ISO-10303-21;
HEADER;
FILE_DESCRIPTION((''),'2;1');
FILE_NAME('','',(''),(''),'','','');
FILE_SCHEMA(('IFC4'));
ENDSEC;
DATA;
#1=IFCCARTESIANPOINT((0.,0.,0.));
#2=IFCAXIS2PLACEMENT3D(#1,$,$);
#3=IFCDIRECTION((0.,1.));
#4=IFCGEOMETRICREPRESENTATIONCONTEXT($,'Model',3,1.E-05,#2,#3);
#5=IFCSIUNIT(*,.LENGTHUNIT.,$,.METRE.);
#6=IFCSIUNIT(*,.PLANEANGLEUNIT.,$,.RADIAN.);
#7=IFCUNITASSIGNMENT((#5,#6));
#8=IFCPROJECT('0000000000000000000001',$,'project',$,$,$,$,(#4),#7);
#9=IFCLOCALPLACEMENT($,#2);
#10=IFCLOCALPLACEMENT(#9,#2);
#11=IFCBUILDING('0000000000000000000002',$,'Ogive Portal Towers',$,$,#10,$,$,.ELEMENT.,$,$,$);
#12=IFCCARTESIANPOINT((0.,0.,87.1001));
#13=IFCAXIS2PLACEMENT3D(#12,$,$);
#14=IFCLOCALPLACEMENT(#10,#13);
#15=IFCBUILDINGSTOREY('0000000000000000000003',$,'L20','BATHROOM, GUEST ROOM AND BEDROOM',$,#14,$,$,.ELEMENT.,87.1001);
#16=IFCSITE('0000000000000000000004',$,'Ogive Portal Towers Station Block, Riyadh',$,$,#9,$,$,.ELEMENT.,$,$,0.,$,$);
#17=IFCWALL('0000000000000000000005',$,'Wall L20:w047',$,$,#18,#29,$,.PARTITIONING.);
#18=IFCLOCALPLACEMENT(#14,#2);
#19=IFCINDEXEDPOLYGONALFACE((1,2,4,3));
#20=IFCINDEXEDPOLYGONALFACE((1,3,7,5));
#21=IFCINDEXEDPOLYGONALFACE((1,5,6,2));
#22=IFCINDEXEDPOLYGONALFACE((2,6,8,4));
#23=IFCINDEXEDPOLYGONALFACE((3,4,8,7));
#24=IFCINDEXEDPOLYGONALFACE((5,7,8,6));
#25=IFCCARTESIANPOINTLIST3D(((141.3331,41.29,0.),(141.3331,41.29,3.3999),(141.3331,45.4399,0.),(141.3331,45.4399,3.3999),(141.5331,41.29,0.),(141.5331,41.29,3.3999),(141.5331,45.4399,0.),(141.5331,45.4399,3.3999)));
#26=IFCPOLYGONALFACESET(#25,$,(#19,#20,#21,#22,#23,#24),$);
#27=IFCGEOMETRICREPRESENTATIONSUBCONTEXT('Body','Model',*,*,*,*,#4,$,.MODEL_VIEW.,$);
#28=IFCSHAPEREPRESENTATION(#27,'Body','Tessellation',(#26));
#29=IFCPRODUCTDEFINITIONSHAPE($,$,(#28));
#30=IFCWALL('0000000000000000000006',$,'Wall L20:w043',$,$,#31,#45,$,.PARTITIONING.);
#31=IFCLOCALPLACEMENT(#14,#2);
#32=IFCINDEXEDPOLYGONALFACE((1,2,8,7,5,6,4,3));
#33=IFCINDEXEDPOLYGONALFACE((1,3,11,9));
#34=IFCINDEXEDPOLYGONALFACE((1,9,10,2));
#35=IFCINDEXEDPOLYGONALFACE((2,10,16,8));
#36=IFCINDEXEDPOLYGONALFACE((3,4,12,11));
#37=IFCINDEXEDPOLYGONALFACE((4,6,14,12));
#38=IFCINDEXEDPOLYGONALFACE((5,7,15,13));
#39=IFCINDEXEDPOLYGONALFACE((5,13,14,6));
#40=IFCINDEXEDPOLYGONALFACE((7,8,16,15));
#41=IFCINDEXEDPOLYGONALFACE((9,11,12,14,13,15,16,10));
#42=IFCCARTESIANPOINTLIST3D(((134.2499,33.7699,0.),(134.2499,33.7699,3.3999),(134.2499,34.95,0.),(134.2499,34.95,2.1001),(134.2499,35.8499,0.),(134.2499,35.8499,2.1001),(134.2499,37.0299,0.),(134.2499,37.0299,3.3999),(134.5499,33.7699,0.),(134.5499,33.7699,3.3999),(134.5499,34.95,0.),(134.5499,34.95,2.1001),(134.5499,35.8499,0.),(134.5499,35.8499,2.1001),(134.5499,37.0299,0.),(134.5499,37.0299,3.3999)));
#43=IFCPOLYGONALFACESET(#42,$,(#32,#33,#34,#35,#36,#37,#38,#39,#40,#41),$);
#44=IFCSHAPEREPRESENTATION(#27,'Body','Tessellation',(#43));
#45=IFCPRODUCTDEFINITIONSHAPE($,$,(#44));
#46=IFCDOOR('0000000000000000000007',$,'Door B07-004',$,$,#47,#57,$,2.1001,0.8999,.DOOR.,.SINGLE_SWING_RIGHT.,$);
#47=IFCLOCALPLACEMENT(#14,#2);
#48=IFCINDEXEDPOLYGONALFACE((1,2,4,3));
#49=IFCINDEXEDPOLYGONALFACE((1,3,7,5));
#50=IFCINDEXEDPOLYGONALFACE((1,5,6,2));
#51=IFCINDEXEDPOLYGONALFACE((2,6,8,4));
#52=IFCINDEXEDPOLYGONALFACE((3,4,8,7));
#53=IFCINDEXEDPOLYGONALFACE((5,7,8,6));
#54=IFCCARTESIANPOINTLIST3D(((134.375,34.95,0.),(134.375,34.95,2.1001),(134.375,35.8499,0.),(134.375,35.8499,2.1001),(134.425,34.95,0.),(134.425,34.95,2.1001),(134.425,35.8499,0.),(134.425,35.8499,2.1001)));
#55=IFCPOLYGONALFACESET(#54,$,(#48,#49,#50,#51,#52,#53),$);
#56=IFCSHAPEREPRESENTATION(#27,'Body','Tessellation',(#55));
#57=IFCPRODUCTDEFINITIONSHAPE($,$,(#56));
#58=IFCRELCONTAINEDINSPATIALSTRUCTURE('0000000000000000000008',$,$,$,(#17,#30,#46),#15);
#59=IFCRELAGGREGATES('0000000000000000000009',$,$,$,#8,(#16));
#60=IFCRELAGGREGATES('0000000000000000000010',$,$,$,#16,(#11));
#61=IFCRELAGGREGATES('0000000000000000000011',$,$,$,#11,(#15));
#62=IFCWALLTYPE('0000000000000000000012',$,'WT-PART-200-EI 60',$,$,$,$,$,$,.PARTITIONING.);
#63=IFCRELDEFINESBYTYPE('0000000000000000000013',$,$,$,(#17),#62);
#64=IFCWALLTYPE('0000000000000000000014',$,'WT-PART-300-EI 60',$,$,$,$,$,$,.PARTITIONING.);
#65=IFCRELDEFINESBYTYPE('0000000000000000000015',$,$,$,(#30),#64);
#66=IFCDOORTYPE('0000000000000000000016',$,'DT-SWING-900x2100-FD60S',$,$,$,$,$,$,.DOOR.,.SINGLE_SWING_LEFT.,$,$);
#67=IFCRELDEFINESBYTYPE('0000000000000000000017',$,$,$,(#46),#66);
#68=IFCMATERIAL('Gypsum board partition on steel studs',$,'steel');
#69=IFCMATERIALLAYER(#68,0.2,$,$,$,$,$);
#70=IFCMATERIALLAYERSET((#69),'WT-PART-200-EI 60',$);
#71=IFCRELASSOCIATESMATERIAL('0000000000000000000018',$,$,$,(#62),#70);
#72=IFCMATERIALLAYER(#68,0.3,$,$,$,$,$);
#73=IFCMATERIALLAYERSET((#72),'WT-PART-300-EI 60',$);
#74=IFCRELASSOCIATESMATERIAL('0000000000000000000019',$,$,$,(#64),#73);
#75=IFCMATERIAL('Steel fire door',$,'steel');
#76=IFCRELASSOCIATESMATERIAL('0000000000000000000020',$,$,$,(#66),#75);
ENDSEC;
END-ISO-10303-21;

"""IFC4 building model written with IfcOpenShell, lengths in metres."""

from ifc_helpers import new_model, si_unit, direction, frame, frame_2d, origin, place, context, subcontext, project, spatial, rectangle, extrude, material, layer, layer_set, type_object, element, fill, save


model = new_model("IFC4")

# Units and contexts
model_context = context("Model", 3, precision=1e-05, world=origin(), true_north=direction((0.0, 1.0)))
body_context = subcontext(model_context, "Body", "Model", "MODEL_VIEW")
ifc_project = project(units=[si_unit("LENGTHUNIT", "METRE"), si_unit("PLANEANGLEUNIT", "RADIAN")], contexts=[model_context])

# Site, building, storey
site_placement = place(None, origin())
site = spatial("IfcSite", under=ifc_project, at=site_placement, Name="Ogive Portal Towers Station Block, Riyadh", CompositionType="ELEMENT", RefElevation=0.0)
building_placement = place(site_placement, origin())
building = spatial("IfcBuilding", under=site, at=building_placement, Name="Ogive Portal Towers", CompositionType="ELEMENT")
storey_placement = place(building_placement, frame((0.0, 0.0, 87.1001)))
storey = spatial("IfcBuildingStorey", under=building, at=storey_placement, Name="L20", Description="BATHROOM, GUEST ROOM AND BEDROOM", CompositionType="ELEMENT", Elevation=87.1001)

# Wall
ifc_material_1 = material(Name="Gypsum board partition on steel studs", Category="steel")
ifc_layer_1 = layer(ifc_material_1, 0.2)
ifc_layer_set_1 = layer_set([ifc_layer_1], Name="WT-PART-200-EI 60")
wall_type_1 = type_object("IfcWallType", Name="WT-PART-200-EI 60", PredefinedType="PARTITIONING", material=ifc_layer_set_1)
for number, where, z_axis, x_axis, name in (
    (1, (141.4331, 41.29, 0.0), (0.0, 0.0, 1.0), (0.0, 1.0, 0.0), "Wall L20:w047"),
):
    element("IfcWall", number, at=place(storey_placement, frame(where, z_axis=z_axis, x_axis=x_axis)), inside=storey, type_object=wall_type_1, Name=name, PredefinedType="PARTITIONING", context=body_context, shape_type="SweptSolid", body=[
        extrude(rectangle(XDim=4.1499, YDim=0.2, at=frame_2d((2.075, 0.0))), origin(), (0.0, 0.0, 1.0), 3.3999),
    ])

# Wall, opening, door
ifc_layer_2 = layer(ifc_material_1, 0.3)
ifc_layer_set_2 = layer_set([ifc_layer_2], Name="WT-PART-300-EI 60")
wall_type_2 = type_object("IfcWallType", Name="WT-PART-300-EI 60", PredefinedType="PARTITIONING", material=ifc_layer_set_2)
wall_1_placement = place(storey_placement, frame((134.3999, 33.77, 0.0), z_axis=(0.0, 0.0, 1.0), x_axis=(0.0, 1.0, 0.0)))
wall_1 = element("IfcWall", 2, at=wall_1_placement, inside=storey, type_object=wall_type_2, Name="Wall L20:w043", PredefinedType="PARTITIONING", context=body_context, shape_type="SweptSolid", body=[
    extrude(rectangle(XDim=3.26, YDim=0.3, at=frame_2d((1.6299, 0.0))), origin(), (0.0, 0.0, 1.0), 3.3999),
])
opening_placement = place(wall_1_placement, frame((1.1799, 0.0, 0.0)))
opening = element("IfcOpeningElement", 3, at=opening_placement, cuts=wall_1, PredefinedType="OPENING", context=body_context, shape_type="SweptSolid", body=[
    extrude(rectangle(XDim=0.8999, YDim=2.1001, at=frame_2d((0.45, 1.05))), frame((0.0, 0.1602, 0.0), z_axis=(0.0, -1.0, 0.0), x_axis=(1.0, 0.0, 0.0)), (0.0, 0.0, 1.0), 0.3201),
])
ifc_material_2 = material(Name="Steel fire door", Category="steel")
door_type = type_object("IfcDoorType", Name="DT-SWING-900x2100-FD60S", OperationType="SINGLE_SWING_LEFT", PredefinedType="DOOR", material=ifc_material_2)
door_placement = place(opening_placement, origin())
door = element("IfcDoor", 4, at=door_placement, inside=storey, type_object=door_type, Name="Door B07-004", OperationType="SINGLE_SWING_RIGHT", OverallHeight=2.1001, OverallWidth=0.8999, PredefinedType="DOOR", context=body_context, shape_type="SweptSolid", body=[
    extrude(rectangle(XDim=0.8999, YDim=2.1001, at=frame_2d((0.45, 1.05))), frame((0.0, 0.0249, 0.0), z_axis=(0.0, -1.0, 0.0), x_axis=(1.0, 0.0, 0.0)), (0.0, 0.0, 1.0), 0.05),
])
fill(opening, door)

save(model, "model.ifc")
